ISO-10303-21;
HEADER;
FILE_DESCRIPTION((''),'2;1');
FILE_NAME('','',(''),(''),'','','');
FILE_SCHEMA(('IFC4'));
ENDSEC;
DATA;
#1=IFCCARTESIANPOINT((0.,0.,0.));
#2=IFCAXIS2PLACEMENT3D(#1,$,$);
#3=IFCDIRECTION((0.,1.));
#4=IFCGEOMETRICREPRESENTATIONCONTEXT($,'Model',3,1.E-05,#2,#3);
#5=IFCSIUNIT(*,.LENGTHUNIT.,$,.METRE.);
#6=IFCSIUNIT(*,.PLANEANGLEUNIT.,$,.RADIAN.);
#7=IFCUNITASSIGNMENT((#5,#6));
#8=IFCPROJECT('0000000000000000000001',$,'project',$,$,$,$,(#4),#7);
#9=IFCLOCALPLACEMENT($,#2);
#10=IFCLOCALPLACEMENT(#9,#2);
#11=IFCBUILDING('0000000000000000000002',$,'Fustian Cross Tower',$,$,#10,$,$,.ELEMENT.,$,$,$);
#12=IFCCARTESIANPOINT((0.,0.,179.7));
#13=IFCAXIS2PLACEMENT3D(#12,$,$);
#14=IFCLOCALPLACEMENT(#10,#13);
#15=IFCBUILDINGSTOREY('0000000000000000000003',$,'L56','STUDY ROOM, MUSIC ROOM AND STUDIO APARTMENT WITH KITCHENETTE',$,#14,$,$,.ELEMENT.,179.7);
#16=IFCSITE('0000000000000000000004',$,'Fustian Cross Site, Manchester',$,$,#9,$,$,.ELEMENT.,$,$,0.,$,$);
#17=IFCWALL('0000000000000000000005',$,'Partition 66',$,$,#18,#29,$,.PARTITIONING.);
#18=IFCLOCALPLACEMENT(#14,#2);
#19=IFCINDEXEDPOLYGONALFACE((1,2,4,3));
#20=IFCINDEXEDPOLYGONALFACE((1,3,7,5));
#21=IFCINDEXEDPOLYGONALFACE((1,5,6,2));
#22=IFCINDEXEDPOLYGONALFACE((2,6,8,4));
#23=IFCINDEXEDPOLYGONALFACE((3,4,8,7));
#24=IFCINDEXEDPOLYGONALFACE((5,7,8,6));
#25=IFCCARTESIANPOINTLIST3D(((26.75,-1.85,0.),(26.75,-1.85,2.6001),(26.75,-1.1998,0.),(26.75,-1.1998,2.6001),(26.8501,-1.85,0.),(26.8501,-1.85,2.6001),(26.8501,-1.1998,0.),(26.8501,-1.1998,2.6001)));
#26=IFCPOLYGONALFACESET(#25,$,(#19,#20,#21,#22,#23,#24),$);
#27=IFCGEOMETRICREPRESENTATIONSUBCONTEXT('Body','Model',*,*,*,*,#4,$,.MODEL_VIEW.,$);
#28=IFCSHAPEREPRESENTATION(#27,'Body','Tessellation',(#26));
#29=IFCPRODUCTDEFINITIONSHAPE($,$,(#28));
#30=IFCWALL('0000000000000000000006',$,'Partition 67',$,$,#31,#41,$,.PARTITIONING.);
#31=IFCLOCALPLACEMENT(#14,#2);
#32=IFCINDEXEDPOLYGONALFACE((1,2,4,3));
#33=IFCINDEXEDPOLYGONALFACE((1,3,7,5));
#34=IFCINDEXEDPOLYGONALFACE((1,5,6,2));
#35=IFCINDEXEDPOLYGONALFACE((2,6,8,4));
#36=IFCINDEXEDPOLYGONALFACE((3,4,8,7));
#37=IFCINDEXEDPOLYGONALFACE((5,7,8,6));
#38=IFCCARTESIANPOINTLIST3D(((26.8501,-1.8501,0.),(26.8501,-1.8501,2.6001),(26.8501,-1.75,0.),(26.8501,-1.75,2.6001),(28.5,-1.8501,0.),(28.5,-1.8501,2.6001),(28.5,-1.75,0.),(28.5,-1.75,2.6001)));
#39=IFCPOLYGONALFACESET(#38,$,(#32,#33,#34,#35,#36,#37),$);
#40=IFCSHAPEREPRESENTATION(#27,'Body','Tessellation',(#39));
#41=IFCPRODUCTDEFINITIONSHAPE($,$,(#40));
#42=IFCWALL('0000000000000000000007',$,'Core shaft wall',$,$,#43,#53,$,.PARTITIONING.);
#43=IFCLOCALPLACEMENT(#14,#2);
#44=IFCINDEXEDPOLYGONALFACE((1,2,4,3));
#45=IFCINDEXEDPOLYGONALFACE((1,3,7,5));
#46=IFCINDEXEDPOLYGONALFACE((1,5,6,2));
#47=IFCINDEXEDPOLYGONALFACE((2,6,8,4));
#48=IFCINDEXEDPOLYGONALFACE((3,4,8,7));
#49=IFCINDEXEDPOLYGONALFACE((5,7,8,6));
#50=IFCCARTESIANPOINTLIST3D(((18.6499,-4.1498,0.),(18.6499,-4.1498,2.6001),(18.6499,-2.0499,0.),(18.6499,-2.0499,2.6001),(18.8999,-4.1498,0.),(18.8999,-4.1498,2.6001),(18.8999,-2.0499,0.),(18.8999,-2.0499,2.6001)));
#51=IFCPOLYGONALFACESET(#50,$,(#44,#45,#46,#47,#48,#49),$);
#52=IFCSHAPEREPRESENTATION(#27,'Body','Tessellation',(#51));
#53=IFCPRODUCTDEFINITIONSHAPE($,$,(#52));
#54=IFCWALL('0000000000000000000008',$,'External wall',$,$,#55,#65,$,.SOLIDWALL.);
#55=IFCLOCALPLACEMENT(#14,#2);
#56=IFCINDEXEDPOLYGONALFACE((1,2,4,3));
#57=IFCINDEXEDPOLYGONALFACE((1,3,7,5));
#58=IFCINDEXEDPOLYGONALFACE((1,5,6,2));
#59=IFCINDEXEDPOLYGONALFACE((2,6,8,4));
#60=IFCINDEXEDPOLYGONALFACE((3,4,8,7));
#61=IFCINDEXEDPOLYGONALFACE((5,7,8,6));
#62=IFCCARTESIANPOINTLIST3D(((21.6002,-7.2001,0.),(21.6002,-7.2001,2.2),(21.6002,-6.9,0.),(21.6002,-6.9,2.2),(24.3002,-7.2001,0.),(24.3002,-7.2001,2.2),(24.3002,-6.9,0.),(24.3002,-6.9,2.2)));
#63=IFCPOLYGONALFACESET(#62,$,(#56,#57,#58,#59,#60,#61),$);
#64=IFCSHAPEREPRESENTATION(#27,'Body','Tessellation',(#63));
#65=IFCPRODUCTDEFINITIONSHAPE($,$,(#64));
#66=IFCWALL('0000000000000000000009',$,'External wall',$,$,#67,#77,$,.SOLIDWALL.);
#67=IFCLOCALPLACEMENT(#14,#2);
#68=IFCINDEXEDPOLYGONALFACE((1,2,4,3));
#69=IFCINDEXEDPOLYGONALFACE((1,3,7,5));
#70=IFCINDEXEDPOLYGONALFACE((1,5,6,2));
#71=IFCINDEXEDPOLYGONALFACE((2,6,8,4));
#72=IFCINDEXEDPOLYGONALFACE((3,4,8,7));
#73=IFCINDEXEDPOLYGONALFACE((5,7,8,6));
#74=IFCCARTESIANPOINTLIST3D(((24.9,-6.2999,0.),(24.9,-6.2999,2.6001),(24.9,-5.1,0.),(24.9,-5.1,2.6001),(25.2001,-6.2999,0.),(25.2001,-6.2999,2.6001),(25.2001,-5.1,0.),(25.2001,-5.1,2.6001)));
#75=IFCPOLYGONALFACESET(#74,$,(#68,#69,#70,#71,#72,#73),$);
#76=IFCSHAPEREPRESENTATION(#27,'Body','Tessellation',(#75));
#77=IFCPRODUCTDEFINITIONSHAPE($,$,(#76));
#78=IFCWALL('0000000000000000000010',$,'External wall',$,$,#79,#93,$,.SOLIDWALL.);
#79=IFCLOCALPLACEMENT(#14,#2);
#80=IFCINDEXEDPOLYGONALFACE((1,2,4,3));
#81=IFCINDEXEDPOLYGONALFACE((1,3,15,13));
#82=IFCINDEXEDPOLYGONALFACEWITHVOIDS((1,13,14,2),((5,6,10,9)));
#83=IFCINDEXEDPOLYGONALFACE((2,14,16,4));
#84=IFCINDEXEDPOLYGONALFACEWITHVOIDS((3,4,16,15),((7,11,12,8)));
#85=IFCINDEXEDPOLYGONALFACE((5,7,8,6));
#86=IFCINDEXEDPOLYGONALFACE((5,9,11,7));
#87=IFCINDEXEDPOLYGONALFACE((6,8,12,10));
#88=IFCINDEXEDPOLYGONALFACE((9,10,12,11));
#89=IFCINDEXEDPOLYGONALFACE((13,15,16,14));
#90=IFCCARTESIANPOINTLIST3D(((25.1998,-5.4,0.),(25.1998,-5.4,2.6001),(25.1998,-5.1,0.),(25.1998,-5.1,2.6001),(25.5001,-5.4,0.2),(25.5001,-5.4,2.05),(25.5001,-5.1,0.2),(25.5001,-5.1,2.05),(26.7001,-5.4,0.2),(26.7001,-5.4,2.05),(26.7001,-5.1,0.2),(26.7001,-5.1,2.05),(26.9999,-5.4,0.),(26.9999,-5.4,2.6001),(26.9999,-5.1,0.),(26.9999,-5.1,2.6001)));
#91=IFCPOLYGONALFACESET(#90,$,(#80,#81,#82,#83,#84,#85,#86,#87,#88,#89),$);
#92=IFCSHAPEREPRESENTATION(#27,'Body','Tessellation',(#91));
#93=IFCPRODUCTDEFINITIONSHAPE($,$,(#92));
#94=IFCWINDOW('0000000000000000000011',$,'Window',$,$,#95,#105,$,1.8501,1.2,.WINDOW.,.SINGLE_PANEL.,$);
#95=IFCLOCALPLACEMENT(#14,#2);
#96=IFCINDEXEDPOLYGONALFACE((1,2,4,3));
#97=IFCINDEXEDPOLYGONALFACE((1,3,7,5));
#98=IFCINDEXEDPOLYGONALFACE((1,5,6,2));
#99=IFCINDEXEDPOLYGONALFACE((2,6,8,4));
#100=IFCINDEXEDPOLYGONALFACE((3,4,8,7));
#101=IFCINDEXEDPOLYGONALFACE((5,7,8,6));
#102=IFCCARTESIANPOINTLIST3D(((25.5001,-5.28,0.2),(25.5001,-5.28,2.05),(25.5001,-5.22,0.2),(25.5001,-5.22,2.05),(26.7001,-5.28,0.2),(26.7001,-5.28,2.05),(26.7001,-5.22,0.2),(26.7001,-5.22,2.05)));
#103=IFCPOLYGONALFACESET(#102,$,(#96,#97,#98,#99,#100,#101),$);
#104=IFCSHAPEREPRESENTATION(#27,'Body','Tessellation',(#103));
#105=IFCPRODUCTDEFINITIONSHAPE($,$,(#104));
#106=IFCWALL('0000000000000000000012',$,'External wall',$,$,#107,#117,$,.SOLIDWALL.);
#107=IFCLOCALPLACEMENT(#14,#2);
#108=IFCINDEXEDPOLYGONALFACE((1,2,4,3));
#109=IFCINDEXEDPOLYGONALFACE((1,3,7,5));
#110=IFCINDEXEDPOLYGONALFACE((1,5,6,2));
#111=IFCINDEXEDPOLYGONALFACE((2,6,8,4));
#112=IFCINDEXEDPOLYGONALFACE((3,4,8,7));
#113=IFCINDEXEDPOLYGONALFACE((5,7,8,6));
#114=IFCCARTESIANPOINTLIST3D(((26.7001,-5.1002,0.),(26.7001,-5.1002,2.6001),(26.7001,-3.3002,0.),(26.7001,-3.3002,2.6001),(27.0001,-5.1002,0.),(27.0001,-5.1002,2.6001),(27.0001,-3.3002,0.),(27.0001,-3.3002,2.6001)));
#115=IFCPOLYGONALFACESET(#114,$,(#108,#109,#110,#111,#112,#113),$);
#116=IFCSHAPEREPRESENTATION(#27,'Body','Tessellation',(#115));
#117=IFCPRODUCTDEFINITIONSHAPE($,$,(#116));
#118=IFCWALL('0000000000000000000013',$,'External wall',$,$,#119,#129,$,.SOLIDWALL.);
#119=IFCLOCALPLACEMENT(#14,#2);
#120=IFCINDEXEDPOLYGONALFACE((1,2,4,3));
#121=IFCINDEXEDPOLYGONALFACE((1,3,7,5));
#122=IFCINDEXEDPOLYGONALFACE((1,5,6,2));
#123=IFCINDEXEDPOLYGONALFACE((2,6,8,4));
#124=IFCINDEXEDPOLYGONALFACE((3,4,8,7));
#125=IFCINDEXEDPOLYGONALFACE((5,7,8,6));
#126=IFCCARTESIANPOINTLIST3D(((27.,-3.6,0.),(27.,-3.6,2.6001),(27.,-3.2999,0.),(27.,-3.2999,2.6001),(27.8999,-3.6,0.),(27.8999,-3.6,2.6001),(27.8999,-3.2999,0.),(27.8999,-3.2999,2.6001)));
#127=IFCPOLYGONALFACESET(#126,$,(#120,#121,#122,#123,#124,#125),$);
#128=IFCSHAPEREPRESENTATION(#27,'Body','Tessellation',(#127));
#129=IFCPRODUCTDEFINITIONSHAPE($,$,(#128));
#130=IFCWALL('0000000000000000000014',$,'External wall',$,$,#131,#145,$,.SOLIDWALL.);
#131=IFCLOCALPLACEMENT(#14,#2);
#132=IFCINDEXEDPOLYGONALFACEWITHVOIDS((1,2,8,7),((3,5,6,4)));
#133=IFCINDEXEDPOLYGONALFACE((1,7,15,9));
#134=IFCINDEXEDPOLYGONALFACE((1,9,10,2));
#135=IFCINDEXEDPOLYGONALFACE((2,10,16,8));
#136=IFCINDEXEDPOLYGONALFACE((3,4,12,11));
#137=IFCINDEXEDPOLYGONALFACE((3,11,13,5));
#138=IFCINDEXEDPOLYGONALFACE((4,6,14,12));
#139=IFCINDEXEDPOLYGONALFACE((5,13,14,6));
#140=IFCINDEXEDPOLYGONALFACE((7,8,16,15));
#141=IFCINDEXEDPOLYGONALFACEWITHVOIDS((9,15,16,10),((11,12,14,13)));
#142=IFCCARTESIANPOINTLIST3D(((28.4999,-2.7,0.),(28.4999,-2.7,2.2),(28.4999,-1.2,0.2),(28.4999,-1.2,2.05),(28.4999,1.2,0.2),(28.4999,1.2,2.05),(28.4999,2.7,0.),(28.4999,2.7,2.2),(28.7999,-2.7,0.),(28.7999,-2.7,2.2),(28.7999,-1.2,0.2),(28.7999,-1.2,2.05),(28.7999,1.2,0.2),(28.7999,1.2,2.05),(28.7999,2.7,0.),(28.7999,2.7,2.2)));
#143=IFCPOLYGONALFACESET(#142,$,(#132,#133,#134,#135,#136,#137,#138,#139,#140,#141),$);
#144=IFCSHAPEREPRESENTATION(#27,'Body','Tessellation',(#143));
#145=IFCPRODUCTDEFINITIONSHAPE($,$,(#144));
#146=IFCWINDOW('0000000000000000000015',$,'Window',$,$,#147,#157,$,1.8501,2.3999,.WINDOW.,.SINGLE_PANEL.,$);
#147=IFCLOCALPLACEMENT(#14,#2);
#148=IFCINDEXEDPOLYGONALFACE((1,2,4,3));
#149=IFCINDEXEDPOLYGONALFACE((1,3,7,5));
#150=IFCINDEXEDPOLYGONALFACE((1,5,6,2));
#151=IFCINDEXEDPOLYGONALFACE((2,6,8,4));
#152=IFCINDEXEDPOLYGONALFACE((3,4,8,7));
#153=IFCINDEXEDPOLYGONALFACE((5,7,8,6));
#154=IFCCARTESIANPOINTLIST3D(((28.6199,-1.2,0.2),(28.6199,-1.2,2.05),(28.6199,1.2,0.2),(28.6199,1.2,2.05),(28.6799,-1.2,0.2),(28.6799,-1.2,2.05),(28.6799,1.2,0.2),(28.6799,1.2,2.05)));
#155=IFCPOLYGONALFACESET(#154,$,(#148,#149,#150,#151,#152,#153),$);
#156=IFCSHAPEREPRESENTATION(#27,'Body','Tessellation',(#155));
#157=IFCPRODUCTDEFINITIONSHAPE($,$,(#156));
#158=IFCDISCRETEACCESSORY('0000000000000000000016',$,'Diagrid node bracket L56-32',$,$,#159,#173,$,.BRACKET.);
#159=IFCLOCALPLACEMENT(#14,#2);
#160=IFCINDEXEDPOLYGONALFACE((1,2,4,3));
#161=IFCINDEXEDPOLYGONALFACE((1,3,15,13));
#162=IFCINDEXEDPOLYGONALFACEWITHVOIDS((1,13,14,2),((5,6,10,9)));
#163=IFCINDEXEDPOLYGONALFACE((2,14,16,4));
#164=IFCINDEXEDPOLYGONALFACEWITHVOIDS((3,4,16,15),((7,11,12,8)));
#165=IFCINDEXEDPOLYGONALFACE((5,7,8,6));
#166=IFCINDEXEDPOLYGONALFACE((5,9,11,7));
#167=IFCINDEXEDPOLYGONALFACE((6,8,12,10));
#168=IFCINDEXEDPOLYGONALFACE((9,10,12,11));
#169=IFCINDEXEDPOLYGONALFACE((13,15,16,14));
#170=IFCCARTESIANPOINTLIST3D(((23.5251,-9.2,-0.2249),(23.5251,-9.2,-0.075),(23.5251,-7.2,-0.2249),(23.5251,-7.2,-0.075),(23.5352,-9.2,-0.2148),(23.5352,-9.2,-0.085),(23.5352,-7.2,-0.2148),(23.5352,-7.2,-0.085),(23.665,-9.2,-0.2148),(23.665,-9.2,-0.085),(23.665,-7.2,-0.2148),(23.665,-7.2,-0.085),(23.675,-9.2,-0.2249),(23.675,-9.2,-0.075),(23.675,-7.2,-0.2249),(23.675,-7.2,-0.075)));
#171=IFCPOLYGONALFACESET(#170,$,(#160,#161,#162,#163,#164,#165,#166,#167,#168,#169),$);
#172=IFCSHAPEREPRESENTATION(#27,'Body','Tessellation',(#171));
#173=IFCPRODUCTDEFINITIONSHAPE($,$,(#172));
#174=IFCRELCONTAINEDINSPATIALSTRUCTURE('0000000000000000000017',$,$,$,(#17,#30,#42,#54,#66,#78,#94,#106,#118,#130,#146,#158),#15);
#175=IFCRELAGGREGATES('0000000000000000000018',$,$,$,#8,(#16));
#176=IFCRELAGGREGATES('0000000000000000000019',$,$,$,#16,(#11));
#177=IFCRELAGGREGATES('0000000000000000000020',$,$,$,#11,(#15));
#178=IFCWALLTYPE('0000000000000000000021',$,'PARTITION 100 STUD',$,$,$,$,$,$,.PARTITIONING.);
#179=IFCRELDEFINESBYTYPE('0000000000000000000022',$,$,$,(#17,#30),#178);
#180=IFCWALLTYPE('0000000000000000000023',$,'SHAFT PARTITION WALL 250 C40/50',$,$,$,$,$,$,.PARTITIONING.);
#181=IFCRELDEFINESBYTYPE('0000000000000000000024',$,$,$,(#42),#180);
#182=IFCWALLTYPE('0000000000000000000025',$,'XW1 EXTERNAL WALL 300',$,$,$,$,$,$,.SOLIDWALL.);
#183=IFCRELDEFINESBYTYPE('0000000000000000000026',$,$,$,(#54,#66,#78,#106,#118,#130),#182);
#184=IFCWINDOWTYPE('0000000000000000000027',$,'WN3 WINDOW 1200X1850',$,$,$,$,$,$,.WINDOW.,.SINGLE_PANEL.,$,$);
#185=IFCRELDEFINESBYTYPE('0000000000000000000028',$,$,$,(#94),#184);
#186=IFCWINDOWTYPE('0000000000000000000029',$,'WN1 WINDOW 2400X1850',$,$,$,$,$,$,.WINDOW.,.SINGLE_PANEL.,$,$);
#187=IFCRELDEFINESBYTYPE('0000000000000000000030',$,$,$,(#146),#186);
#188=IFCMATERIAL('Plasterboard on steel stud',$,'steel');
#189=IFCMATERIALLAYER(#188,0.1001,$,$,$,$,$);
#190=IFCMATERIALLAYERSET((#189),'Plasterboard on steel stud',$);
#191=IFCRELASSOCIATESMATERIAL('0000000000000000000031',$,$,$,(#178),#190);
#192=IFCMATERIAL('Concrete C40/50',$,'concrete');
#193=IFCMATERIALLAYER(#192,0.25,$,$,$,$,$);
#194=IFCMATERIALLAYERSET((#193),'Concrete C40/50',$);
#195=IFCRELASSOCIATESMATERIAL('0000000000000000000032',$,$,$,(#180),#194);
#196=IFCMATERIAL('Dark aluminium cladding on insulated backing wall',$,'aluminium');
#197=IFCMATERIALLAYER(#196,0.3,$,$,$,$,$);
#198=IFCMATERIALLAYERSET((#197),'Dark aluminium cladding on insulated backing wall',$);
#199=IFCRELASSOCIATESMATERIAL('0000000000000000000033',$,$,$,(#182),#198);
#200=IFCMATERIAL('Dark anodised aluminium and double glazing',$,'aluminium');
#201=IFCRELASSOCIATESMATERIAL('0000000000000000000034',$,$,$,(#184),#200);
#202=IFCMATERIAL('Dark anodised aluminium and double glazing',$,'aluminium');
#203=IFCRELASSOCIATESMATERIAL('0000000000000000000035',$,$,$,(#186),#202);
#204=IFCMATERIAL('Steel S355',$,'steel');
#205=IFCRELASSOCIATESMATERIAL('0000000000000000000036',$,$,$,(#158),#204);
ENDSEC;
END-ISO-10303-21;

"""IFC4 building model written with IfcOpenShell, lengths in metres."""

from ifc_helpers import new_model, si_unit, direction, frame, frame_2d, origin, origin_2d, place, context, subcontext, project, spatial, rectangle, hollow_rectangle, extrude, material, layer, layer_set, type_object, element, fill, save


model = new_model("IFC4")

# Units and contexts
model_context = context("Model", 3, precision=1e-05, world=origin(), true_north=direction((0.0, 1.0)))
body_context = subcontext(model_context, "Body", "Model", "MODEL_VIEW")
ifc_project = project(units=[si_unit("LENGTHUNIT", "METRE"), si_unit("PLANEANGLEUNIT", "RADIAN")], contexts=[model_context])

# Site, building, storey
site_placement = place(None, origin())
site = spatial("IfcSite", under=ifc_project, at=site_placement, Name="Fustian Cross Site, Manchester", CompositionType="ELEMENT", RefElevation=0.0)
building_placement = place(site_placement, origin())
building = spatial("IfcBuilding", under=site, at=building_placement, Name="Fustian Cross Tower", CompositionType="ELEMENT")
storey_placement = place(building_placement, frame((0.0, 0.0, 179.7)))
storey = spatial("IfcBuildingStorey", under=building, at=storey_placement, Name="L56", Description="STUDY ROOM, MUSIC ROOM AND STUDIO APARTMENT WITH KITCHENETTE", CompositionType="ELEMENT", Elevation=179.7)

# Walls
ifc_material_1 = material(Name="Plasterboard on steel stud", Category="steel")
ifc_layer_1 = layer(ifc_material_1, 0.1001)
ifc_layer_set_1 = layer_set([ifc_layer_1], Name="Plasterboard on steel stud")
wall_type_1 = type_object("IfcWallType", Name="PARTITION 100 STUD", PredefinedType="PARTITIONING", material=ifc_layer_set_1)
wall_1_placement = place(storey_placement, frame((26.8, -1.8501, 0.0), z_axis=(0.0, 0.0, 1.0), x_axis=(0.0, 1.0, 0.0)))
element("IfcWall", 1, at=wall_1_placement, inside=storey, type_object=wall_type_1, Name="Partition 66", PredefinedType="PARTITIONING", context=body_context, shape_type="SweptSolid", body=[
    extrude(rectangle(XDim=0.6501, YDim=0.1001, at=frame_2d((0.3252, 0.0))), origin(), (0.0, 0.0, 1.0), 2.6001),
])
wall_2_placement = place(storey_placement, frame((26.8501, -1.8, 0.0), z_axis=(0.0, 0.0, 1.0), x_axis=(1.0, 0.0, 0.0)))
element("IfcWall", 2, at=wall_2_placement, inside=storey, type_object=wall_type_1, Name="Partition 67", PredefinedType="PARTITIONING", context=body_context, shape_type="SweptSolid", body=[
    extrude(rectangle(XDim=1.6499, YDim=0.1001, at=frame_2d((0.825, 0.0))), origin(), (0.0, 0.0, 1.0), 2.6001),
])
ifc_material_2 = material(Name="Concrete C40/50", Category="concrete")
ifc_layer_2 = layer(ifc_material_2, 0.25)
ifc_layer_set_2 = layer_set([ifc_layer_2], Name="Concrete C40/50")
wall_type_2 = type_object("IfcWallType", Name="SHAFT PARTITION WALL 250 C40/50", PredefinedType="PARTITIONING", material=ifc_layer_set_2)
wall_3_placement = place(storey_placement, frame((18.7749, -2.05, 0.0), z_axis=(0.0, 0.0, 1.0), x_axis=(0.0, -1.0, 0.0)))
element("IfcWall", 3, at=wall_3_placement, inside=storey, type_object=wall_type_2, Name="Core shaft wall", PredefinedType="PARTITIONING", context=body_context, shape_type="SweptSolid", body=[
    extrude(rectangle(XDim=2.0999, YDim=0.25, at=frame_2d((1.0498, 0.0))), origin(), (0.0, 0.0, 1.0), 2.6001),
])
ifc_material_3 = material(Name="Dark aluminium cladding on insulated backing wall", Category="aluminium")
ifc_layer_3 = layer(ifc_material_3, 0.3)
ifc_layer_set_3 = layer_set([ifc_layer_3], Name="Dark aluminium cladding on insulated backing wall")
wall_type_3 = type_object("IfcWallType", Name="XW1 EXTERNAL WALL 300", PredefinedType="SOLIDWALL", material=ifc_layer_set_3)
wall_4_placement = place(storey_placement, frame((21.6001, -7.05, 0.0), z_axis=(0.0, 0.0, 1.0), x_axis=(1.0, 0.0, 0.0)))
element("IfcWall", 4, at=wall_4_placement, inside=storey, type_object=wall_type_3, Name="External wall", PredefinedType="SOLIDWALL", context=body_context, shape_type="SweptSolid", body=[
    extrude(rectangle(XDim=2.7, YDim=0.3, at=frame_2d((1.3501, 0.0))), origin(), (0.0, 0.0, 1.0), 2.2),
])
wall_5_placement = place(storey_placement, frame((25.05, -6.3, 0.0), z_axis=(0.0, 0.0, 1.0), x_axis=(0.0, 1.0, 0.0)))
element("IfcWall", 5, at=wall_5_placement, inside=storey, type_object=wall_type_3, Name="External wall", PredefinedType="SOLIDWALL", context=body_context, shape_type="SweptSolid", body=[
    extrude(rectangle(XDim=1.2, YDim=0.3, at=frame_2d((0.6001, 0.0))), origin(), (0.0, 0.0, 1.0), 2.6001),
])

# Wall, opening, window
wall_6_placement = place(storey_placement, frame((25.2, -5.25, 0.0), z_axis=(0.0, 0.0, 1.0), x_axis=(1.0, 0.0, 0.0)))
wall_6 = element("IfcWall", 6, at=wall_6_placement, inside=storey, type_object=wall_type_3, Name="External wall", PredefinedType="SOLIDWALL", context=body_context, shape_type="SweptSolid", body=[
    extrude(rectangle(XDim=1.8, YDim=0.3, at=frame_2d((0.8999, 0.0))), origin(), (0.0, 0.0, 1.0), 2.6001),
])
opening_1_placement = place(wall_6_placement, frame((0.3, 0.0, 0.2)))
opening_1 = element("IfcOpeningElement", 7, at=opening_1_placement, cuts=wall_6, PredefinedType="OPENING", context=body_context, shape_type="SweptSolid", body=[
    extrude(rectangle(XDim=1.2, YDim=1.8501, at=frame_2d((0.6001, 0.925))), frame((0.0, 0.1599, 0.0), z_axis=(0.0, -1.0, 0.0), x_axis=(1.0, 0.0, 0.0)), (0.0, 0.0, 1.0), 0.3201),
])
ifc_material_4 = material(Name="Dark anodised aluminium and double glazing", Category="aluminium")
window_type_1 = type_object("IfcWindowType", Name="WN3 WINDOW 1200X1850", PartitioningType="SINGLE_PANEL", PredefinedType="WINDOW", material=ifc_material_4)
window_1_placement = place(opening_1_placement, origin())
window_1 = element("IfcWindow", 8, at=window_1_placement, inside=storey, type_object=window_type_1, Name="Window", OverallHeight=1.8501, OverallWidth=1.2, PartitioningType="SINGLE_PANEL", PredefinedType="WINDOW", context=body_context, shape_type="SweptSolid", body=[
    extrude(rectangle(XDim=1.2, YDim=1.8501, at=frame_2d((0.6001, 0.925))), frame((0.0, 0.03, 0.0), z_axis=(0.0, -1.0, 0.0), x_axis=(1.0, 0.0, 0.0)), (0.0, 0.0, 1.0), 0.0601),
])
fill(opening_1, window_1)

# Walls
wall_7_placement = place(storey_placement, frame((26.8501, -5.1001, 0.0), z_axis=(0.0, 0.0, 1.0), x_axis=(0.0, 1.0, 0.0)))
element("IfcWall", 9, at=wall_7_placement, inside=storey, type_object=wall_type_3, Name="External wall", PredefinedType="SOLIDWALL", context=body_context, shape_type="SweptSolid", body=[
    extrude(rectangle(XDim=1.8, YDim=0.3, at=frame_2d((0.8999, 0.0))), origin(), (0.0, 0.0, 1.0), 2.6001),
])
wall_8_placement = place(storey_placement, frame((27.0, -3.45, 0.0), z_axis=(0.0, 0.0, 1.0), x_axis=(1.0, 0.0, 0.0)))
element("IfcWall", 10, at=wall_8_placement, inside=storey, type_object=wall_type_3, Name="External wall", PredefinedType="SOLIDWALL", context=body_context, shape_type="SweptSolid", body=[
    extrude(rectangle(XDim=0.8999, YDim=0.3, at=frame_2d((0.45, 0.0))), origin(), (0.0, 0.0, 1.0), 2.6001),
])

# Wall, opening, window
wall_9_placement = place(storey_placement, frame((28.6499, -2.7, 0.0), z_axis=(0.0, 0.0, 1.0), x_axis=(0.0, 1.0, 0.0)))
wall_9 = element("IfcWall", 11, at=wall_9_placement, inside=storey, type_object=wall_type_3, Name="External wall", PredefinedType="SOLIDWALL", context=body_context, shape_type="SweptSolid", body=[
    extrude(rectangle(XDim=5.3999, YDim=0.3, at=frame_2d((2.7, 0.0))), origin(), (0.0, 0.0, 1.0), 2.2),
])
opening_2_placement = place(wall_9_placement, frame((1.5, 0.0, 0.2)))
opening_2 = element("IfcOpeningElement", 12, at=opening_2_placement, cuts=wall_9, PredefinedType="OPENING", context=body_context, shape_type="SweptSolid", body=[
    extrude(rectangle(XDim=2.3999, YDim=1.8501, at=frame_2d((1.2, 0.925))), frame((0.0, 0.1599, 0.0), z_axis=(0.0, -1.0, 0.0), x_axis=(1.0, 0.0, 0.0)), (0.0, 0.0, 1.0), 0.3201),
])
ifc_material_5 = material(Name="Dark anodised aluminium and double glazing", Category="aluminium")
window_type_2 = type_object("IfcWindowType", Name="WN1 WINDOW 2400X1850", PartitioningType="SINGLE_PANEL", PredefinedType="WINDOW", material=ifc_material_5)
window_2_placement = place(opening_2_placement, origin())
window_2 = element("IfcWindow", 13, at=window_2_placement, inside=storey, type_object=window_type_2, Name="Window", OverallHeight=1.8501, OverallWidth=2.3999, PartitioningType="SINGLE_PANEL", PredefinedType="WINDOW", context=body_context, shape_type="SweptSolid", body=[
    extrude(rectangle(XDim=2.3999, YDim=1.8501, at=frame_2d((1.2, 0.925))), frame((0.0, 0.03, 0.0), z_axis=(0.0, -1.0, 0.0), x_axis=(1.0, 0.0, 0.0)), (0.0, 0.0, 1.0), 0.0601),
])
fill(opening_2, window_2)

# Discrete accessory
ifc_material_6 = material(Name="Steel S355", Category="steel")
discrete_accessory_1_placement = place(storey_placement, frame((23.6001, -9.2, -0.1499), z_axis=(0.0, 1.0, 0.0), x_axis=(-1.0, 0.0, 0.0)))
element("IfcDiscreteAccessory", 14, at=discrete_accessory_1_placement, inside=storey, material=ifc_material_6, Name="Diagrid node bracket L56-32", PredefinedType="BRACKET", context=body_context, shape_type="SweptSolid", body=[
    extrude(hollow_rectangle(XDim=0.1499, YDim=0.1499, WallThickness=0.01, at=origin_2d()), origin(), (0.0, 0.0, 1.0), 2.0),
])

save(model, "model.ifc")
